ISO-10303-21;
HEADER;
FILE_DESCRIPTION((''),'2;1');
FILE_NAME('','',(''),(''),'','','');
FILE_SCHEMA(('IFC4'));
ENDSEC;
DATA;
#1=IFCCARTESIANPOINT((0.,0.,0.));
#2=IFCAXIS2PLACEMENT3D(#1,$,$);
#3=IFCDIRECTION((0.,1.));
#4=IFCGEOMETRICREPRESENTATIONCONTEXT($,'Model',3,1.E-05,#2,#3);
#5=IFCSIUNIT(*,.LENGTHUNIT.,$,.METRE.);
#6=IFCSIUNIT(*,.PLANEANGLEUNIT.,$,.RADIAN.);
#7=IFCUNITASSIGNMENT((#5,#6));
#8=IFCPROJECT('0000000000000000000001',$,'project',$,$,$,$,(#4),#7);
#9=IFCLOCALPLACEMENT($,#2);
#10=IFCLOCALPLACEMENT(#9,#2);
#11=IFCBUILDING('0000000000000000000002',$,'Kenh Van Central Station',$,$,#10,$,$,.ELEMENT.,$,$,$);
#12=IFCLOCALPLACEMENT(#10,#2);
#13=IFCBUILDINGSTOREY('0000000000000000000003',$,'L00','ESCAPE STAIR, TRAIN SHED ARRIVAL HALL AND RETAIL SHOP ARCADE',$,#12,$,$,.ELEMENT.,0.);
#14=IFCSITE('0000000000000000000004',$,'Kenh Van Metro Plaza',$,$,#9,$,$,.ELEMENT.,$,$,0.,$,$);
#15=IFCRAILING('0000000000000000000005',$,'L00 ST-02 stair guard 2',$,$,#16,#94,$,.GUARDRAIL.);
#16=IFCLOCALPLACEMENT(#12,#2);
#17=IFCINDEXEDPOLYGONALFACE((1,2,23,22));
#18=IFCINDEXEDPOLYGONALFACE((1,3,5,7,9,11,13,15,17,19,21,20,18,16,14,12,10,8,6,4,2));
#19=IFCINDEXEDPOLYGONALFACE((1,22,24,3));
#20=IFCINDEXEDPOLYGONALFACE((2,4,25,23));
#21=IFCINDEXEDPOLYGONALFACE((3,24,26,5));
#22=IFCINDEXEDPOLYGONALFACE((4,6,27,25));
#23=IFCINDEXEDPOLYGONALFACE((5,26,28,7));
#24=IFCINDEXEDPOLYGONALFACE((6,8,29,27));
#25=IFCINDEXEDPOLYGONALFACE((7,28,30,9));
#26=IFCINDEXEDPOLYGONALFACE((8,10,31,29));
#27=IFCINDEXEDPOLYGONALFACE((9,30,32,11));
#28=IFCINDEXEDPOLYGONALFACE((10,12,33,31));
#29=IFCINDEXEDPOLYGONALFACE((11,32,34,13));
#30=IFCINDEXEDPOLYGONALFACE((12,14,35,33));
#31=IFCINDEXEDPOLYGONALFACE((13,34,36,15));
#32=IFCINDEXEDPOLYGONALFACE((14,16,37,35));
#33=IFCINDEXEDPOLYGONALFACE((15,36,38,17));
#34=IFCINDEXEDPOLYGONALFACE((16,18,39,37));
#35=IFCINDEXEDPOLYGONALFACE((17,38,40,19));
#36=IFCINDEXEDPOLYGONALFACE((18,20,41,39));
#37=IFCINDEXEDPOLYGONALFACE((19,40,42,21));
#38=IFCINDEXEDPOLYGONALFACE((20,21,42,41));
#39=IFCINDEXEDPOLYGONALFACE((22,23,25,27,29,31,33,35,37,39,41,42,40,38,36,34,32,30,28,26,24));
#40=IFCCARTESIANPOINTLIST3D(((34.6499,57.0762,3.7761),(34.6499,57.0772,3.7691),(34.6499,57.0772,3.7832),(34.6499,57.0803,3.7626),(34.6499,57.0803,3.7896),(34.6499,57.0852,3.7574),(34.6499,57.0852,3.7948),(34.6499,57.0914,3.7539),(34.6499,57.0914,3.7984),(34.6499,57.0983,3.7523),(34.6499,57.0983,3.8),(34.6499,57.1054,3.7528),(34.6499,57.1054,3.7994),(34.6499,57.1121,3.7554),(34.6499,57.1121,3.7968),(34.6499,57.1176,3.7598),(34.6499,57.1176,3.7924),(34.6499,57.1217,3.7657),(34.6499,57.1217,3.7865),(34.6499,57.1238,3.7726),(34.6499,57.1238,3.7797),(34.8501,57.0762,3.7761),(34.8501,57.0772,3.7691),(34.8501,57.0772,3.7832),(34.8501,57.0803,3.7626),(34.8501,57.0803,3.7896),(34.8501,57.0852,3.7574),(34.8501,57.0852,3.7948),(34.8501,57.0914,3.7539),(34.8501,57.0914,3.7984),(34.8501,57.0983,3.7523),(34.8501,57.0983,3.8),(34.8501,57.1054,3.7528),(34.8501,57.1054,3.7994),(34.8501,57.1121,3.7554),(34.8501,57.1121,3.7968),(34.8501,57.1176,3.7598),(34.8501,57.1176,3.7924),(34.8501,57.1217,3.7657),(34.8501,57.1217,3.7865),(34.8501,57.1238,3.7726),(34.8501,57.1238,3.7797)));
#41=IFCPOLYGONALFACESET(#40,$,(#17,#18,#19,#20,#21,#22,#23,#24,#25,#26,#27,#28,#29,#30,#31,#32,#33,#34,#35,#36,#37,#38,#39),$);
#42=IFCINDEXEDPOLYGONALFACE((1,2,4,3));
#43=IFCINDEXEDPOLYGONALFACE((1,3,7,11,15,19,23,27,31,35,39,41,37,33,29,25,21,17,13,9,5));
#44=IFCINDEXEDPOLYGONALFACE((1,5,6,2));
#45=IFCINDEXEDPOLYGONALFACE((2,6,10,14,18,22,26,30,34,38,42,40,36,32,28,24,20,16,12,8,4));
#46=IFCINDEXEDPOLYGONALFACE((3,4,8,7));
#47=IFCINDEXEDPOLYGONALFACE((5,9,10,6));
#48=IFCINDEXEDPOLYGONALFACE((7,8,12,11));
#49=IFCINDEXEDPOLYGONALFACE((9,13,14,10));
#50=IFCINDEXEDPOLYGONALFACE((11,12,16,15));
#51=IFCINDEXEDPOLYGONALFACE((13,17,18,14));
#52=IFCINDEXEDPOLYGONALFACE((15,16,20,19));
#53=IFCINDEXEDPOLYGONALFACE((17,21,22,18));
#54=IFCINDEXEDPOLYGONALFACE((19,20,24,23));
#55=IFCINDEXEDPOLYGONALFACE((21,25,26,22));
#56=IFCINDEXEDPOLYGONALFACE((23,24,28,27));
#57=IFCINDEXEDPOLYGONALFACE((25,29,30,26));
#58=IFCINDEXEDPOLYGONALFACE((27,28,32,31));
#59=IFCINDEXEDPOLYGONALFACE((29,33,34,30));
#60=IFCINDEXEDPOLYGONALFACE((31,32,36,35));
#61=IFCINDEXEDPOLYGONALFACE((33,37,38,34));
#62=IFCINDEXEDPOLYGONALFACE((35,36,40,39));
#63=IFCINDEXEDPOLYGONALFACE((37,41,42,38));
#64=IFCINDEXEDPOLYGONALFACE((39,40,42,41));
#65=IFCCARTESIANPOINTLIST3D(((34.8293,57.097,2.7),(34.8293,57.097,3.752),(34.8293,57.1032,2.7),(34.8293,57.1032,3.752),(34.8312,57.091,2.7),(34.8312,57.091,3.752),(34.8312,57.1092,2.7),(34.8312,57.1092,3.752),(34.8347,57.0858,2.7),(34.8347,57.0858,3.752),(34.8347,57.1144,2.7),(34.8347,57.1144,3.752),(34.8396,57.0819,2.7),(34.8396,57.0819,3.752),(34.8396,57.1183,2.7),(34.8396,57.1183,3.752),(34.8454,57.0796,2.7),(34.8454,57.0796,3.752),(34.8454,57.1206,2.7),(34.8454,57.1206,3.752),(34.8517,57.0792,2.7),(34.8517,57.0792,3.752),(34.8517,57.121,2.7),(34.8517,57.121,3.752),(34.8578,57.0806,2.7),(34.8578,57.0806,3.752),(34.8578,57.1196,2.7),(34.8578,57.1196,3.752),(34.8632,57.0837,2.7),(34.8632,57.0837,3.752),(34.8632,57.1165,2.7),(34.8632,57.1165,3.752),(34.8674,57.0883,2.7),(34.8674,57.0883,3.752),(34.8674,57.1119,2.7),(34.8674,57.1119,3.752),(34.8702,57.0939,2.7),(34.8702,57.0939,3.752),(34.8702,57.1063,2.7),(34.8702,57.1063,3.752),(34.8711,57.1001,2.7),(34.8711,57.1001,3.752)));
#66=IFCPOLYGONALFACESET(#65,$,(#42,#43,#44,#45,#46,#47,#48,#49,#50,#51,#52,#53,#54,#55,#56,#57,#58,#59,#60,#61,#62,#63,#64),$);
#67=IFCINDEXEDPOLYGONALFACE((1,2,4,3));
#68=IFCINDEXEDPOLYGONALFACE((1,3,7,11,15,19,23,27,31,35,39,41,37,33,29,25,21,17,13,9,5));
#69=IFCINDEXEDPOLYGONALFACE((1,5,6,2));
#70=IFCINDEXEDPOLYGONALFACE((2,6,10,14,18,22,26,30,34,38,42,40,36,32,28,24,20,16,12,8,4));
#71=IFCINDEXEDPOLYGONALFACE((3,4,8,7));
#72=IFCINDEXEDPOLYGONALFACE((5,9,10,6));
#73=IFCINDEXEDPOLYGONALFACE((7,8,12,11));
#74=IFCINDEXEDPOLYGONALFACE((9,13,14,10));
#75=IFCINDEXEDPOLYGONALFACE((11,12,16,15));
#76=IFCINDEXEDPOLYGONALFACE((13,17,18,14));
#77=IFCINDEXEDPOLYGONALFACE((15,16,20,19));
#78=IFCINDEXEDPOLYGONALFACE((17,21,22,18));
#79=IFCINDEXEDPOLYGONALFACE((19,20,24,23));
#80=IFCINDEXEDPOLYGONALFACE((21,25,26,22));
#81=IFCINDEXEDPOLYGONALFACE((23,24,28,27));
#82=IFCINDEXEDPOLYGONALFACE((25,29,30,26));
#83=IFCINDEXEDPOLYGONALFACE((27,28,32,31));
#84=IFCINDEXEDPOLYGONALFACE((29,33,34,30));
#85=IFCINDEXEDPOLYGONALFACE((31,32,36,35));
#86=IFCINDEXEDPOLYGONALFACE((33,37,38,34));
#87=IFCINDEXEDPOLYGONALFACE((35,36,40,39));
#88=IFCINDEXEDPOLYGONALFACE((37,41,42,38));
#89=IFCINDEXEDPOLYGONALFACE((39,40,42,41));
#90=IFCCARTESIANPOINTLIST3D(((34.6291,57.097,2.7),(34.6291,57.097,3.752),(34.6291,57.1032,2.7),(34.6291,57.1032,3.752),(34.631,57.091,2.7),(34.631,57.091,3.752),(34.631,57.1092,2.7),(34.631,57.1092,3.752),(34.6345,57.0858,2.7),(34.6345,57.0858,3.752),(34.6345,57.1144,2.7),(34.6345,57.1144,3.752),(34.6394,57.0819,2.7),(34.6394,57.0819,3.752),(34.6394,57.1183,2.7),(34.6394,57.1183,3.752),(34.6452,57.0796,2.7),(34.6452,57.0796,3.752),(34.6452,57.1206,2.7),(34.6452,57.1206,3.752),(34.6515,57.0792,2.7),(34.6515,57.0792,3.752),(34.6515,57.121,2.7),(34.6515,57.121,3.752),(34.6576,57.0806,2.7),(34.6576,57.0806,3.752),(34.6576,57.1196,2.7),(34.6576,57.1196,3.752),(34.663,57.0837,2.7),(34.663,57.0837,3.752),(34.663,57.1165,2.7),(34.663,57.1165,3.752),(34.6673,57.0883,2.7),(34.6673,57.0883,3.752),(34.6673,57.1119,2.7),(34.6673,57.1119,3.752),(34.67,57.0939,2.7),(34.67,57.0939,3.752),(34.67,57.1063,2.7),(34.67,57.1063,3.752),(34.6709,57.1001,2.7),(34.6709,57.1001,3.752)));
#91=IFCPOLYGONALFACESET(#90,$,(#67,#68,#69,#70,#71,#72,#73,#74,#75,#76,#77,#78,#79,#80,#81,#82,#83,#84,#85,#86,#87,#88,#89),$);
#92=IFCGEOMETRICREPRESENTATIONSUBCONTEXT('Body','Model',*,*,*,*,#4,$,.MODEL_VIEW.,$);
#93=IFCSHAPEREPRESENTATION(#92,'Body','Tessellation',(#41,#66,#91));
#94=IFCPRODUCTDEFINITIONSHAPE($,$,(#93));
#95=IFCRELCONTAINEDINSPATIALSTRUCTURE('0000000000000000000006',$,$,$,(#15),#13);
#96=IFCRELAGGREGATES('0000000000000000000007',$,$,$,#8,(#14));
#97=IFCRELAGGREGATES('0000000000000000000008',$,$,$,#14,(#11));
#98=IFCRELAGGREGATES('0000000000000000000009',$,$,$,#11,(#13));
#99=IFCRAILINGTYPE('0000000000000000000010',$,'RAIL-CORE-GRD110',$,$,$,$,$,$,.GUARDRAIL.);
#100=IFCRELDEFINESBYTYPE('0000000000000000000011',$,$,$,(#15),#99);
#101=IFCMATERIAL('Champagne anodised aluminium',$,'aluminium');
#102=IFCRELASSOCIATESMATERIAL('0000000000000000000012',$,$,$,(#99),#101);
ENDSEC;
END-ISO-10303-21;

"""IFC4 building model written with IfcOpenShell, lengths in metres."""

from ifc_helpers import new_model, si_unit, direction, frame, origin, origin_2d, place, context, subcontext, project, spatial, circle, extrude, material, type_object, element, save


model = new_model("IFC4")

# Units and contexts
model_context = context("Model", 3, precision=1e-05, world=origin(), true_north=direction((0.0, 1.0)))
body_context = subcontext(model_context, "Body", "Model", "MODEL_VIEW")
ifc_project = project(units=[si_unit("LENGTHUNIT", "METRE"), si_unit("PLANEANGLEUNIT", "RADIAN")], contexts=[model_context])

# Site, building, storey
site_placement = place(None, origin())
site = spatial("IfcSite", under=ifc_project, at=site_placement, Name="Kenh Van Metro Plaza", CompositionType="ELEMENT", RefElevation=0.0)
building_placement = place(site_placement, origin())
building = spatial("IfcBuilding", under=site, at=building_placement, Name="Kenh Van Central Station", CompositionType="ELEMENT")
storey_placement = place(building_placement, origin())
storey = spatial("IfcBuildingStorey", under=building, at=storey_placement, Name="L00", Description="ESCAPE STAIR, TRAIN SHED ARRIVAL HALL AND RETAIL SHOP ARCADE", CompositionType="ELEMENT", Elevation=0.0)

# Shared definitions
ifc_material_1 = material(Name="Champagne anodised aluminium", Category="aluminium")

# Railing
railing_type_1 = type_object("IfcRailingType", Name="RAIL-CORE-GRD110", PredefinedType="GUARDRAIL", material=ifc_material_1)
railing_1_placement = place(storey_placement, frame((34.8501, 57.1001, 2.7)))
element("IfcRailing", 1, at=railing_1_placement, inside=storey, type_object=railing_type_1, Name="L00 ST-02 stair guard 2", PredefinedType="GUARDRAIL", context=body_context, shape_type="SweptSolid", body=[
    extrude(circle(Radius=0.0239, at=origin_2d()), frame((0.0, 0.0, 1.0762), z_axis=(-1.0, 0.0, 0.0), x_axis=(0.0, -1.0, 0.0)), (0.0, 0.0, 1.0), 0.2002),
    extrude(circle(Radius=0.021, at=origin_2d()), origin(), (0.0, 0.0, 1.0), 1.052),
    extrude(circle(Radius=0.021, at=origin_2d()), frame((-0.2002, 0.0, 0.0)), (0.0, 0.0, 1.0), 1.052),
])

save(model, "model.ifc")
